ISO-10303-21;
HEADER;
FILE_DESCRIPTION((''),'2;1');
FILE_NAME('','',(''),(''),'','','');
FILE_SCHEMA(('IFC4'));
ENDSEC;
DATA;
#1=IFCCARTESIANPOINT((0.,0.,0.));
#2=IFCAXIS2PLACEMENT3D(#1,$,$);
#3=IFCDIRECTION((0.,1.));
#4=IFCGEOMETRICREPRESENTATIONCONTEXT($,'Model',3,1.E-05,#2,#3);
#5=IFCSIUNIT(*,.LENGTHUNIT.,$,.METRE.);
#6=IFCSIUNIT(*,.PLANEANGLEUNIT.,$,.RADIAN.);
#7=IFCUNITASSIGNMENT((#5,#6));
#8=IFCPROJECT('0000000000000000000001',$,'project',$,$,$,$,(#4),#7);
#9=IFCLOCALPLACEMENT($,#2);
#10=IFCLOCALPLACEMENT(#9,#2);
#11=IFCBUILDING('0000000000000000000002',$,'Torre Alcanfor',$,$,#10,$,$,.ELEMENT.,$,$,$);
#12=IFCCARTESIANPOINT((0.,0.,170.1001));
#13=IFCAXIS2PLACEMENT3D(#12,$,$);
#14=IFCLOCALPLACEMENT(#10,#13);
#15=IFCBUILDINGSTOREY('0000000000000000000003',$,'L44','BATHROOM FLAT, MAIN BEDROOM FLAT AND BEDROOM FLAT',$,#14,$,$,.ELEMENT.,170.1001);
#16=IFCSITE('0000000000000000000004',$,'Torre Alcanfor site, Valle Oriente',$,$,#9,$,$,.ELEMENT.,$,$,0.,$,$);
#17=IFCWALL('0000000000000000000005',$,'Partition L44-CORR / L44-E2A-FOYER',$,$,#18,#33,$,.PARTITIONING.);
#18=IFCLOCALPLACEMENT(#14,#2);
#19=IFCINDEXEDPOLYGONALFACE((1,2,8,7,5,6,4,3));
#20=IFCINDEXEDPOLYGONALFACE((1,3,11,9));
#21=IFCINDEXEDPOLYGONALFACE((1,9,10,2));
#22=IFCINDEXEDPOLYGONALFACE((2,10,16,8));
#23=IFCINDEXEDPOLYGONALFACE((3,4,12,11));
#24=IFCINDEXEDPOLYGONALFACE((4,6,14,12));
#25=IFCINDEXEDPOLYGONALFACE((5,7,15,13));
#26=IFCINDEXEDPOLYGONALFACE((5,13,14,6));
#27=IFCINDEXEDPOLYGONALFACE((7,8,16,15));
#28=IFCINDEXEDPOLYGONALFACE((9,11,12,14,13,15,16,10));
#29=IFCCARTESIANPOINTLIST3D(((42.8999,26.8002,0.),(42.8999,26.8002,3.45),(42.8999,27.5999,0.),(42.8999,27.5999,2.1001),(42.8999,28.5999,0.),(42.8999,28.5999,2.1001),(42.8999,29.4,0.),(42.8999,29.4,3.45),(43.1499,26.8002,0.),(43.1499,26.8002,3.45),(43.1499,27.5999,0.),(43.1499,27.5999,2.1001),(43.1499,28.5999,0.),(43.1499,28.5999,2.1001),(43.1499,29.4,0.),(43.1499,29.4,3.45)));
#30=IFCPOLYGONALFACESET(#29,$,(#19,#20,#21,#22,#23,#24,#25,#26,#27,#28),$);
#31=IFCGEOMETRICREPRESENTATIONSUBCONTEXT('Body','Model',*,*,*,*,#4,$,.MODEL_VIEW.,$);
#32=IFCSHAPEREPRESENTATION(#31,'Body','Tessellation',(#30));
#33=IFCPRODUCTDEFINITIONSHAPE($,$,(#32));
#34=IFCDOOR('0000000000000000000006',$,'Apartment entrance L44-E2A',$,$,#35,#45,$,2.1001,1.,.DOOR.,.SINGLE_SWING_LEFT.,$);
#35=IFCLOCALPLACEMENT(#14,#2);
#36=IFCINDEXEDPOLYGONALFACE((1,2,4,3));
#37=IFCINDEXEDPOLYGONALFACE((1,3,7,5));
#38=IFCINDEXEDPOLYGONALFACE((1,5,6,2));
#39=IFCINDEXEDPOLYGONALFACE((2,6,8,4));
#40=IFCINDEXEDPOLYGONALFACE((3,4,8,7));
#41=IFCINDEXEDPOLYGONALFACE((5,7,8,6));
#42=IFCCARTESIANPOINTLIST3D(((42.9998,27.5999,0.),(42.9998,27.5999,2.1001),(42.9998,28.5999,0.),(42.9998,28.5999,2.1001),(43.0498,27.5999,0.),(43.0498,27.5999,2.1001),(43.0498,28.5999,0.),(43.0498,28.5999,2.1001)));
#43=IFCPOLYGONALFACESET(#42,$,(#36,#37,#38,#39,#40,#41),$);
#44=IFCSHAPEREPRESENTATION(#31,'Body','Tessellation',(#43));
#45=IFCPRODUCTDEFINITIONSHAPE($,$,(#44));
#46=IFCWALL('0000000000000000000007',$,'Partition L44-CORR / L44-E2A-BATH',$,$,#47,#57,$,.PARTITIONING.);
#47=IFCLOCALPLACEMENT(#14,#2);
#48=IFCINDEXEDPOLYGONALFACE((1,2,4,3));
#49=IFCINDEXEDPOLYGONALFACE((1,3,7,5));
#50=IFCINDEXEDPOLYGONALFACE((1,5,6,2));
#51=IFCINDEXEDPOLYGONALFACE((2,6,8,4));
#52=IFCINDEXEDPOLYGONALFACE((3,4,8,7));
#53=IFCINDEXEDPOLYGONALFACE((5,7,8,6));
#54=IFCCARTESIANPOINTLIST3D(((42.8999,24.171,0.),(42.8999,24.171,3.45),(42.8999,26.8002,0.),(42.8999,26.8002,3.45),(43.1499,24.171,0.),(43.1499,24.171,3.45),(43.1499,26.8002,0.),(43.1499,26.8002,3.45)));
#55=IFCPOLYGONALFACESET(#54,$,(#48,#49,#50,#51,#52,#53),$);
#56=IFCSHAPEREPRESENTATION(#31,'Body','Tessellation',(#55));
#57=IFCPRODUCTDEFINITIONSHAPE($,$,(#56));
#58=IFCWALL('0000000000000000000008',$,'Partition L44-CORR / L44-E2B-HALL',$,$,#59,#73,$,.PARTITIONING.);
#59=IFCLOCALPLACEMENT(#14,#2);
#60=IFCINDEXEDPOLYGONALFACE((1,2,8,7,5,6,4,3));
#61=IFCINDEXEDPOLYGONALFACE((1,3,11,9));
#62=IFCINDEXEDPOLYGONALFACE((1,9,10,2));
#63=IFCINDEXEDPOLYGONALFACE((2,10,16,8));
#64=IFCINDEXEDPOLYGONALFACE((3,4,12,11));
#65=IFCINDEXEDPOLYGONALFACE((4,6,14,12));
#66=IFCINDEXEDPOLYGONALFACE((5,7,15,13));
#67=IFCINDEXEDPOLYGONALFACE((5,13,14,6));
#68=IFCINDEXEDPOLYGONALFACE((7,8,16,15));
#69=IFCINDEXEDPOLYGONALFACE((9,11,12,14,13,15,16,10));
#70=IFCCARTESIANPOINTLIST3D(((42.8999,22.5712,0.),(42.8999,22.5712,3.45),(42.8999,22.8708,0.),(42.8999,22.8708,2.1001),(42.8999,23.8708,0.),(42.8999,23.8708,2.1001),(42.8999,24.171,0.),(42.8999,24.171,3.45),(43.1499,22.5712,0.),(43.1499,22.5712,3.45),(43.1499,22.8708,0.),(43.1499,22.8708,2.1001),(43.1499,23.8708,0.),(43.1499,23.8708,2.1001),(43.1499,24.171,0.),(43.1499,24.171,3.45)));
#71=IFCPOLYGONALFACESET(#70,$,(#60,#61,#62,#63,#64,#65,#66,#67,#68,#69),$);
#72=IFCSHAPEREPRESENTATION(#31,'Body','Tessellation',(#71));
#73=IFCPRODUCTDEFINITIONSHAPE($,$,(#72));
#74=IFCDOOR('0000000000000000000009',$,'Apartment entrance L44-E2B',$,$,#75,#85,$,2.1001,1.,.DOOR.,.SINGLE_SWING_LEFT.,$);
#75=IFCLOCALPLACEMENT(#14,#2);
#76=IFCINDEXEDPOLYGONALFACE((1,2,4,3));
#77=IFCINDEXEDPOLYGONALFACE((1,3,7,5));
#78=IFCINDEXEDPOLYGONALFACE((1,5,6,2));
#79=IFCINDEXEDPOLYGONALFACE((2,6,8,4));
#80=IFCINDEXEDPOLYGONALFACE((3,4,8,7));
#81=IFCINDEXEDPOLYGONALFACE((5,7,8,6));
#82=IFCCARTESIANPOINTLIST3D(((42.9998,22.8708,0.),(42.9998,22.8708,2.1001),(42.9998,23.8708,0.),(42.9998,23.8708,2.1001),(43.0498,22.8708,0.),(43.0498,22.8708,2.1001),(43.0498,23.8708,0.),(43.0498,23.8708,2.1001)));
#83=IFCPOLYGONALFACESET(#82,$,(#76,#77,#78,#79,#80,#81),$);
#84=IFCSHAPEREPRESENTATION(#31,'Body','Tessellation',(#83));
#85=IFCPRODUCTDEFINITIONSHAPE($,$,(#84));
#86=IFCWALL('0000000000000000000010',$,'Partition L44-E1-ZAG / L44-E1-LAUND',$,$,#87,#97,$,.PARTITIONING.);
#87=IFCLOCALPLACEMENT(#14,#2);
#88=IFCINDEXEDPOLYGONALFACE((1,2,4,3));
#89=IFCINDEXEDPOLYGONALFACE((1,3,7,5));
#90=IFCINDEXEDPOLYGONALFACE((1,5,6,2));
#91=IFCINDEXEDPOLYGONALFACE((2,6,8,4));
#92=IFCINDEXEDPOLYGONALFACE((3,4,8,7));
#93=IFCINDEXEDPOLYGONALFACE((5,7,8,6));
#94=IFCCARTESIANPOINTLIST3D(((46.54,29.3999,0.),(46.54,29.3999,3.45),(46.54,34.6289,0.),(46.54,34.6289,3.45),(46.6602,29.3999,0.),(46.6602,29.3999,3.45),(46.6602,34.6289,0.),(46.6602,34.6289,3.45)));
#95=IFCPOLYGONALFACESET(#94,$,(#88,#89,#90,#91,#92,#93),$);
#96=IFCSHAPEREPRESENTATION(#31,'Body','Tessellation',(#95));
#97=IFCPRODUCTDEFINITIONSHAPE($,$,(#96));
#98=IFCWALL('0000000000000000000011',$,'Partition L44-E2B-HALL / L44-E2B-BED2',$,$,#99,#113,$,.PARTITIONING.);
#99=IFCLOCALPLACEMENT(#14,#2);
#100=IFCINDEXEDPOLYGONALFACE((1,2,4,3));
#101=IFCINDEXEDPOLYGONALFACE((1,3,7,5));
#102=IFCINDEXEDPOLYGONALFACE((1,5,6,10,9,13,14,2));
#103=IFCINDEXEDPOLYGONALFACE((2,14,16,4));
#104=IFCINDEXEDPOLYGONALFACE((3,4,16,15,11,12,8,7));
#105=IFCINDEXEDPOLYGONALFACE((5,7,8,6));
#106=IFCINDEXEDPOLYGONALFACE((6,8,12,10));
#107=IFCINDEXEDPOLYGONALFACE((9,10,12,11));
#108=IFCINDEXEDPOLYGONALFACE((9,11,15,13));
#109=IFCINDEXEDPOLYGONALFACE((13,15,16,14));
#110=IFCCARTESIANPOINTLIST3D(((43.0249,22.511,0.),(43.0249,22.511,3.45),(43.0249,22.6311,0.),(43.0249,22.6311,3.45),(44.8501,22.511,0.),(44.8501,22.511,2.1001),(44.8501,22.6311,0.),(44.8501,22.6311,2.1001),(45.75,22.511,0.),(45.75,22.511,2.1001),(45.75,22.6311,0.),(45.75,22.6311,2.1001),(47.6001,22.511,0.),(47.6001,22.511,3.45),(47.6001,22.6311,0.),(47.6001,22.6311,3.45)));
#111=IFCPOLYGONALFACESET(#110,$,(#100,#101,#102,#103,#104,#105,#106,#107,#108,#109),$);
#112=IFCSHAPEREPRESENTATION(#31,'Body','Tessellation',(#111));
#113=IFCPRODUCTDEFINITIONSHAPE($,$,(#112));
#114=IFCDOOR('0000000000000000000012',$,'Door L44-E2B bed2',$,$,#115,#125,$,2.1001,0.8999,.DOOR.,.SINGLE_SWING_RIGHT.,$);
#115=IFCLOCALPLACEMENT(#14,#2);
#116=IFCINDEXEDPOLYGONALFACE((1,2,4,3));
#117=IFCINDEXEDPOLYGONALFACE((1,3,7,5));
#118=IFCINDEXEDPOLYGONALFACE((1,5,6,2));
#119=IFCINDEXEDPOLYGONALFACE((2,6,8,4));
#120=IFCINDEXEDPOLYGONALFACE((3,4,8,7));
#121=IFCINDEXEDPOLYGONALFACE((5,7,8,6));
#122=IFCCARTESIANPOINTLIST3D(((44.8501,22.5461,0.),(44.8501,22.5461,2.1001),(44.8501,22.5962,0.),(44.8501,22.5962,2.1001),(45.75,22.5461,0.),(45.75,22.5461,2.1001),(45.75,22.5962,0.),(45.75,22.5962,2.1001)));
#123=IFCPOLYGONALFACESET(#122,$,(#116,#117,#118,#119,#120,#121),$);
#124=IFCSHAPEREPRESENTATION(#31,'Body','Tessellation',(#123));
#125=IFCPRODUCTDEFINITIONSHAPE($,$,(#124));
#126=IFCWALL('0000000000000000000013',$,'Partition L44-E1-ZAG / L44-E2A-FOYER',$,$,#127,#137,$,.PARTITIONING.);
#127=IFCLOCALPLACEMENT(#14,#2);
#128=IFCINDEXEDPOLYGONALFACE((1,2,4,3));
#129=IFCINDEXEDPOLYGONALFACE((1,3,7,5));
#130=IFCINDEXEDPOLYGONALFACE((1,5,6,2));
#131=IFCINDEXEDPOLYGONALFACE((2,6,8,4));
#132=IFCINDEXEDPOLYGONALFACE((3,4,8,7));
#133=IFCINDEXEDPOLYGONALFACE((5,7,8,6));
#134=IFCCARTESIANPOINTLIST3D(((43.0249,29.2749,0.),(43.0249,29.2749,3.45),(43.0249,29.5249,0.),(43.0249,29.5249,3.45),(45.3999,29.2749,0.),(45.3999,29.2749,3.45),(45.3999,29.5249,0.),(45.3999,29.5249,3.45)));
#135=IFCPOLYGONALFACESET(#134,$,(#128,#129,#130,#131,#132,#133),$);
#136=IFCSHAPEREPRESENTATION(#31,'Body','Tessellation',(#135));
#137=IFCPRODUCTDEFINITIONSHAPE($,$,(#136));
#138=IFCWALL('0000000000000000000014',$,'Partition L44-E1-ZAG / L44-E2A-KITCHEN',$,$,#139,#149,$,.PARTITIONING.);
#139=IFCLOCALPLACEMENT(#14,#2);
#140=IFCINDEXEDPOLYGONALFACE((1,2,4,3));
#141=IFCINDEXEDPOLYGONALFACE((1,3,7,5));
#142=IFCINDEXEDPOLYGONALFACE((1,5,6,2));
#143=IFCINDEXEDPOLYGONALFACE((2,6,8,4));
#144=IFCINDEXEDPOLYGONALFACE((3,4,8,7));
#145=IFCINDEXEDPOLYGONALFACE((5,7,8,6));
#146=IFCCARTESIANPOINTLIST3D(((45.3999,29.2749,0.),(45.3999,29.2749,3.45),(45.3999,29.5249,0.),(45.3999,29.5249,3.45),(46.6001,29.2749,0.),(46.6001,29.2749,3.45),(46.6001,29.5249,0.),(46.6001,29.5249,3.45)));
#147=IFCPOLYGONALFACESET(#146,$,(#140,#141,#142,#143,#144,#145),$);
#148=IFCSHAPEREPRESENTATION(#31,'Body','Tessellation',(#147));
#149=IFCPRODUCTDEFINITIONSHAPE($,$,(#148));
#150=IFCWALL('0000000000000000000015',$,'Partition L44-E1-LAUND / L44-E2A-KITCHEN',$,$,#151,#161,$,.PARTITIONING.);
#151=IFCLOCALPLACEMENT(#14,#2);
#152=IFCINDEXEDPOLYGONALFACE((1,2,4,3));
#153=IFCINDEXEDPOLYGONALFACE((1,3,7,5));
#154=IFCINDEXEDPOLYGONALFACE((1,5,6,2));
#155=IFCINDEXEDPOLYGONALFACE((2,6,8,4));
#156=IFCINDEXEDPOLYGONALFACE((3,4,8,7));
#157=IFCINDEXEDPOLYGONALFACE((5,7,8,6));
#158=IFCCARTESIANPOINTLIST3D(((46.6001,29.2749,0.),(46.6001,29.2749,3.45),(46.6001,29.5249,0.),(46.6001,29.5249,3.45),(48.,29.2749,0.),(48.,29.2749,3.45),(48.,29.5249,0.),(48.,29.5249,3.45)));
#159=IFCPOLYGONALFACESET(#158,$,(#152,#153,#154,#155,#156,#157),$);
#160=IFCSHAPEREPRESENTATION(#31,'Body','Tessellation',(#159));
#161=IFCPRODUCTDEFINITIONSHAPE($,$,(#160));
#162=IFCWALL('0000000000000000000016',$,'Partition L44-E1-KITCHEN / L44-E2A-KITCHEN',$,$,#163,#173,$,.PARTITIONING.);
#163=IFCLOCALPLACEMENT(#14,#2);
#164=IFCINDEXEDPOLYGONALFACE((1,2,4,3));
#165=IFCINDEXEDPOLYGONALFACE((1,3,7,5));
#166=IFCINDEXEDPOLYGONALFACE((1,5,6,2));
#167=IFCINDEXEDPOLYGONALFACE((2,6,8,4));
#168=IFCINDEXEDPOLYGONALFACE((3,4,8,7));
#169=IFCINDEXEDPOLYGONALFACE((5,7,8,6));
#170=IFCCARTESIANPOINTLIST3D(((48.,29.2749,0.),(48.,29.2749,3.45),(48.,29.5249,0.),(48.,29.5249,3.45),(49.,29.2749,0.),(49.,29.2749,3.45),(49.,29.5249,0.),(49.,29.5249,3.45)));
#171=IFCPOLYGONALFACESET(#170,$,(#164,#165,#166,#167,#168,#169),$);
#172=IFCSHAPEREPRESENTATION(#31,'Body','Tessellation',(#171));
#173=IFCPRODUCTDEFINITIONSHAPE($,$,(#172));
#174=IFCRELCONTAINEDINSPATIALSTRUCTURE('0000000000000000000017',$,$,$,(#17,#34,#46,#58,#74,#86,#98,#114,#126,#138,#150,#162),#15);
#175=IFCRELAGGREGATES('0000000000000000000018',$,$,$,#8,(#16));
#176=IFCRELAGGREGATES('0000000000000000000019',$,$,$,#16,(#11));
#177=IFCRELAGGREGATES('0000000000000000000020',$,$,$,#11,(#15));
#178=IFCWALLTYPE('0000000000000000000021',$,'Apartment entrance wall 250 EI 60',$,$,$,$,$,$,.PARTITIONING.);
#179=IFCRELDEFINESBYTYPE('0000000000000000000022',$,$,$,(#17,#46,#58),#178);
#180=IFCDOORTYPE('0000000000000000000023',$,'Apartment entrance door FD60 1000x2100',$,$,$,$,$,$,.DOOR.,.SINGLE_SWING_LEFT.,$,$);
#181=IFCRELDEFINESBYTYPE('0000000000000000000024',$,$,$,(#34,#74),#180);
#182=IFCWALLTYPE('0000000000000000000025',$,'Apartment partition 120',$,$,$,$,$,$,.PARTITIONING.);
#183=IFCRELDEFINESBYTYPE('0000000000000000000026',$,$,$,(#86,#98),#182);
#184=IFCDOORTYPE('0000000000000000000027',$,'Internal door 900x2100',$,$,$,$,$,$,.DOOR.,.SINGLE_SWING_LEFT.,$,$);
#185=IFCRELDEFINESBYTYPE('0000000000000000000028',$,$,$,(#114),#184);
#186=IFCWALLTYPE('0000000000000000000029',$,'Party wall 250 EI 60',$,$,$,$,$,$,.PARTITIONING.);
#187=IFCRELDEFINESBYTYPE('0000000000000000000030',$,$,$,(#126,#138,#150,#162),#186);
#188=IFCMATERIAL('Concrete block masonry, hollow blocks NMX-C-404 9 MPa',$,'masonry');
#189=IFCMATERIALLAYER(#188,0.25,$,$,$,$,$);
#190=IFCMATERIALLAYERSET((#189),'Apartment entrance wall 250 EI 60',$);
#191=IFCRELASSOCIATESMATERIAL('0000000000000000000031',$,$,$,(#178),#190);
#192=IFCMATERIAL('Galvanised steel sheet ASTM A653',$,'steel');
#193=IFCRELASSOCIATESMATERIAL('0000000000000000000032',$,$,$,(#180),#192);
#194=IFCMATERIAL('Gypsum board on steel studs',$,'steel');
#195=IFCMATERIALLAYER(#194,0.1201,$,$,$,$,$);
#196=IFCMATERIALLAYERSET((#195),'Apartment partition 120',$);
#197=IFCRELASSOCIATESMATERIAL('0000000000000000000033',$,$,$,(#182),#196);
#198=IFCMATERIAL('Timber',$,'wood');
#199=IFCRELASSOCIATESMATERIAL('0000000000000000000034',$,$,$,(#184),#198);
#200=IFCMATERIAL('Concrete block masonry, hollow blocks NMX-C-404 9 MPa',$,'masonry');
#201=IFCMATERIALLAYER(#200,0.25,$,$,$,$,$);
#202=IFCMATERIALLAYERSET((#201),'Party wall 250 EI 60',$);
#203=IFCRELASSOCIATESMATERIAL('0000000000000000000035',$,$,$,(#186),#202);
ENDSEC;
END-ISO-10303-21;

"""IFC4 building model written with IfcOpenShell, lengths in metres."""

from ifc_helpers import new_model, si_unit, direction, frame, frame_2d, origin, place, context, subcontext, project, spatial, rectangle, extrude, material, layer, layer_set, type_object, element, fill, save


model = new_model("IFC4")

# Units and contexts
model_context = context("Model", 3, precision=1e-05, world=origin(), true_north=direction((0.0, 1.0)))
body_context = subcontext(model_context, "Body", "Model", "MODEL_VIEW")
ifc_project = project(units=[si_unit("LENGTHUNIT", "METRE"), si_unit("PLANEANGLEUNIT", "RADIAN")], contexts=[model_context])

# Site, building, storey
site_placement = place(None, origin())
site = spatial("IfcSite", under=ifc_project, at=site_placement, Name="Torre Alcanfor site, Valle Oriente", CompositionType="ELEMENT", RefElevation=0.0)
building_placement = place(site_placement, origin())
building = spatial("IfcBuilding", under=site, at=building_placement, Name="Torre Alcanfor", CompositionType="ELEMENT")
storey_placement = place(building_placement, frame((0.0, 0.0, 170.1001)))
storey = spatial("IfcBuildingStorey", under=building, at=storey_placement, Name="L44", Description="BATHROOM FLAT, MAIN BEDROOM FLAT AND BEDROOM FLAT", CompositionType="ELEMENT", Elevation=170.1001)

# Wall, opening, door
ifc_material_1 = material(Name="Concrete block masonry, hollow blocks NMX-C-404 9 MPa", Category="masonry")
ifc_layer_1 = layer(ifc_material_1, 0.25)
ifc_layer_set_1 = layer_set([ifc_layer_1], Name="Apartment entrance wall 250 EI 60")
wall_type_1 = type_object("IfcWallType", Name="Apartment entrance wall 250 EI 60", PredefinedType="PARTITIONING", material=ifc_layer_set_1)
wall_1_placement = place(storey_placement, frame((43.0249, 29.3999, 0.0), z_axis=(0.0, 0.0, 1.0), x_axis=(0.0, -1.0, 0.0)))
wall_1 = element("IfcWall", 1, at=wall_1_placement, inside=storey, type_object=wall_type_1, Name="Partition L44-CORR / L44-E2A-FOYER", PredefinedType="PARTITIONING", context=body_context, shape_type="SweptSolid", body=[
    extrude(rectangle(XDim=2.5999, YDim=0.25, at=frame_2d((1.2998, 0.0))), origin(), (0.0, 0.0, 1.0), 3.45),
])
opening_1_placement = place(wall_1_placement, frame((0.8, 0.0, 0.0)))
opening_1 = element("IfcOpeningElement", 2, at=opening_1_placement, cuts=wall_1, PredefinedType="OPENING", context=body_context, shape_type="SweptSolid", body=[
    extrude(rectangle(XDim=1.0, YDim=2.1001, at=frame_2d((0.5, 1.05))), frame((0.0, 0.135, 0.0), z_axis=(0.0, -1.0, 0.0), x_axis=(1.0, 0.0, 0.0)), (0.0, 0.0, 1.0), 0.27),
])
ifc_material_2 = material(Name="Galvanised steel sheet ASTM A653", Category="steel")
door_type_1 = type_object("IfcDoorType", Name="Apartment entrance door FD60 1000x2100", OperationType="SINGLE_SWING_LEFT", PredefinedType="DOOR", material=ifc_material_2)
door_1_placement = place(opening_1_placement, origin())
door_1 = element("IfcDoor", 3, at=door_1_placement, inside=storey, type_object=door_type_1, Name="Apartment entrance L44-E2A", OperationType="SINGLE_SWING_LEFT", OverallHeight=2.1001, OverallWidth=1.0, PredefinedType="DOOR", context=body_context, shape_type="SweptSolid", body=[
    extrude(rectangle(XDim=1.0, YDim=2.1001, at=frame_2d((0.5, 1.05))), frame((0.0, 0.0249, 0.0), z_axis=(0.0, -1.0, 0.0), x_axis=(1.0, 0.0, 0.0)), (0.0, 0.0, 1.0), 0.05),
])
fill(opening_1, door_1)

# Wall
wall_2_placement = place(storey_placement, frame((43.0249, 26.8, 0.0), z_axis=(0.0, 0.0, 1.0), x_axis=(0.0, -1.0, 0.0)))
element("IfcWall", 4, at=wall_2_placement, inside=storey, type_object=wall_type_1, Name="Partition L44-CORR / L44-E2A-BATH", PredefinedType="PARTITIONING", context=body_context, shape_type="SweptSolid", body=[
    extrude(rectangle(XDim=2.6292, YDim=0.25, at=frame_2d((1.3145, 0.0))), origin(), (0.0, 0.0, 1.0), 3.45),
])

# Wall, opening, door
wall_3_placement = place(storey_placement, frame((43.0249, 24.1709, 0.0), z_axis=(0.0, 0.0, 1.0), x_axis=(0.0, -1.0, 0.0)))
wall_3 = element("IfcWall", 5, at=wall_3_placement, inside=storey, type_object=wall_type_1, Name="Partition L44-CORR / L44-E2B-HALL", PredefinedType="PARTITIONING", context=body_context, shape_type="SweptSolid", body=[
    extrude(rectangle(XDim=1.5999, YDim=0.25, at=frame_2d((0.7998, 0.0))), origin(), (0.0, 0.0, 1.0), 3.45),
])
opening_2_placement = place(wall_3_placement, frame((0.3, 0.0, 0.0)))
opening_2 = element("IfcOpeningElement", 6, at=opening_2_placement, cuts=wall_3, PredefinedType="OPENING", context=body_context, shape_type="SweptSolid", body=[
    extrude(rectangle(XDim=1.0, YDim=2.1001, at=frame_2d((0.5, 1.05))), frame((0.0, 0.135, 0.0), z_axis=(0.0, -1.0, 0.0), x_axis=(1.0, 0.0, 0.0)), (0.0, 0.0, 1.0), 0.27),
])
door_2_placement = place(opening_2_placement, origin())
door_2 = element("IfcDoor", 7, at=door_2_placement, inside=storey, type_object=door_type_1, Name="Apartment entrance L44-E2B", OperationType="SINGLE_SWING_LEFT", OverallHeight=2.1001, OverallWidth=1.0, PredefinedType="DOOR", context=body_context, shape_type="SweptSolid", body=[
    extrude(rectangle(XDim=1.0, YDim=2.1001, at=frame_2d((0.5, 1.05))), frame((0.0, 0.0249, 0.0), z_axis=(0.0, -1.0, 0.0), x_axis=(1.0, 0.0, 0.0)), (0.0, 0.0, 1.0), 0.05),
])
fill(opening_2, door_2)

# Wall
ifc_material_3 = material(Name="Gypsum board on steel studs", Category="steel")
ifc_layer_2 = layer(ifc_material_3, 0.1201)
ifc_layer_set_2 = layer_set([ifc_layer_2], Name="Apartment partition 120")
wall_type_2 = type_object("IfcWallType", Name="Apartment partition 120", PredefinedType="PARTITIONING", material=ifc_layer_set_2)
wall_4_placement = place(storey_placement, frame((46.6001, 29.3999, 0.0), z_axis=(0.0, 0.0, 1.0), x_axis=(0.0, 1.0, 0.0)))
element("IfcWall", 8, at=wall_4_placement, inside=storey, type_object=wall_type_2, Name="Partition L44-E1-ZAG / L44-E1-LAUND", PredefinedType="PARTITIONING", context=body_context, shape_type="SweptSolid", body=[
    extrude(rectangle(XDim=5.229, YDim=0.1201, at=frame_2d((2.6145, 0.0))), origin(), (0.0, 0.0, 1.0), 3.45),
])

# Wall, opening, door
wall_5_placement = place(storey_placement, frame((47.6001, 22.571, 0.0), z_axis=(0.0, 0.0, 1.0), x_axis=(-1.0, 0.0, 0.0)))
wall_5 = element("IfcWall", 9, at=wall_5_placement, inside=storey, type_object=wall_type_2, Name="Partition L44-E2B-HALL / L44-E2B-BED2", PredefinedType="PARTITIONING", context=body_context, shape_type="SweptSolid", body=[
    extrude(rectangle(XDim=4.5752, YDim=0.1201, at=frame_2d((2.2876, 0.0))), origin(), (0.0, 0.0, 1.0), 3.45),
])
opening_3_placement = place(wall_5_placement, frame((1.8501, 0.0, 0.0)))
opening_3 = element("IfcOpeningElement", 10, at=opening_3_placement, cuts=wall_5, PredefinedType="OPENING", context=body_context, shape_type="SweptSolid", body=[
    extrude(rectangle(XDim=0.8999, YDim=2.1001, at=frame_2d((0.45, 1.05))), frame((0.0, 0.0701, 0.0), z_axis=(0.0, -1.0, 0.0), x_axis=(1.0, 0.0, 0.0)), (0.0, 0.0, 1.0), 0.1401),
])
ifc_material_4 = material(Name="Timber", Category="wood")
door_type_2 = type_object("IfcDoorType", Name="Internal door 900x2100", OperationType="SINGLE_SWING_LEFT", PredefinedType="DOOR", material=ifc_material_4)
door_3_placement = place(opening_3_placement, origin())
door_3 = element("IfcDoor", 11, at=door_3_placement, inside=storey, type_object=door_type_2, Name="Door L44-E2B bed2", OperationType="SINGLE_SWING_RIGHT", OverallHeight=2.1001, OverallWidth=0.8999, PredefinedType="DOOR", context=body_context, shape_type="SweptSolid", body=[
    extrude(rectangle(XDim=0.8999, YDim=2.1001, at=frame_2d((0.45, 1.05))), frame((0.0, 0.0249, 0.0), z_axis=(0.0, -1.0, 0.0), x_axis=(1.0, 0.0, 0.0)), (0.0, 0.0, 1.0), 0.05),
])
fill(opening_3, door_3)

# Walls
ifc_material_5 = material(Name="Concrete block masonry, hollow blocks NMX-C-404 9 MPa", Category="masonry")
ifc_layer_3 = layer(ifc_material_5, 0.25)
ifc_layer_set_3 = layer_set([ifc_layer_3], Name="Party wall 250 EI 60")
wall_type_3 = type_object("IfcWallType", Name="Party wall 250 EI 60", PredefinedType="PARTITIONING", material=ifc_layer_set_3)
wall_6_placement = place(storey_placement, frame((43.0249, 29.3999, 0.0), z_axis=(0.0, 0.0, 1.0), x_axis=(1.0, 0.0, 0.0)))
element("IfcWall", 12, at=wall_6_placement, inside=storey, type_object=wall_type_3, Name="Partition L44-E1-ZAG / L44-E2A-FOYER", PredefinedType="PARTITIONING", context=body_context, shape_type="SweptSolid", body=[
    extrude(rectangle(XDim=2.375, YDim=0.25, at=frame_2d((1.1875, 0.0))), origin(), (0.0, 0.0, 1.0), 3.45),
])
wall_7_placement = place(storey_placement, frame((45.3999, 29.3999, 0.0), z_axis=(0.0, 0.0, 1.0), x_axis=(1.0, 0.0, 0.0)))
element("IfcWall", 13, at=wall_7_placement, inside=storey, type_object=wall_type_3, Name="Partition L44-E1-ZAG / L44-E2A-KITCHEN", PredefinedType="PARTITIONING", context=body_context, shape_type="SweptSolid", body=[
    extrude(rectangle(XDim=1.2002, YDim=0.25, at=frame_2d((0.6001, 0.0))), origin(), (0.0, 0.0, 1.0), 3.45),
])
wall_8_placement = place(storey_placement, frame((46.6001, 29.3999, 0.0), z_axis=(0.0, 0.0, 1.0), x_axis=(1.0, 0.0, 0.0)))
element("IfcWall", 14, at=wall_8_placement, inside=storey, type_object=wall_type_3, Name="Partition L44-E1-LAUND / L44-E2A-KITCHEN", PredefinedType="PARTITIONING", context=body_context, shape_type="SweptSolid", body=[
    extrude(rectangle(XDim=1.3999, YDim=0.25, at=frame_2d((0.7, 0.0))), origin(), (0.0, 0.0, 1.0), 3.45),
])
wall_9_placement = place(storey_placement, frame((48.0, 29.3999, 0.0), z_axis=(0.0, 0.0, 1.0), x_axis=(1.0, 0.0, 0.0)))
element("IfcWall", 15, at=wall_9_placement, inside=storey, type_object=wall_type_3, Name="Partition L44-E1-KITCHEN / L44-E2A-KITCHEN", PredefinedType="PARTITIONING", context=body_context, shape_type="SweptSolid", body=[
    extrude(rectangle(XDim=1.0, YDim=0.25, at=frame_2d((0.5, 0.0))), origin(), (0.0, 0.0, 1.0), 3.45),
])

save(model, "model.ifc")
